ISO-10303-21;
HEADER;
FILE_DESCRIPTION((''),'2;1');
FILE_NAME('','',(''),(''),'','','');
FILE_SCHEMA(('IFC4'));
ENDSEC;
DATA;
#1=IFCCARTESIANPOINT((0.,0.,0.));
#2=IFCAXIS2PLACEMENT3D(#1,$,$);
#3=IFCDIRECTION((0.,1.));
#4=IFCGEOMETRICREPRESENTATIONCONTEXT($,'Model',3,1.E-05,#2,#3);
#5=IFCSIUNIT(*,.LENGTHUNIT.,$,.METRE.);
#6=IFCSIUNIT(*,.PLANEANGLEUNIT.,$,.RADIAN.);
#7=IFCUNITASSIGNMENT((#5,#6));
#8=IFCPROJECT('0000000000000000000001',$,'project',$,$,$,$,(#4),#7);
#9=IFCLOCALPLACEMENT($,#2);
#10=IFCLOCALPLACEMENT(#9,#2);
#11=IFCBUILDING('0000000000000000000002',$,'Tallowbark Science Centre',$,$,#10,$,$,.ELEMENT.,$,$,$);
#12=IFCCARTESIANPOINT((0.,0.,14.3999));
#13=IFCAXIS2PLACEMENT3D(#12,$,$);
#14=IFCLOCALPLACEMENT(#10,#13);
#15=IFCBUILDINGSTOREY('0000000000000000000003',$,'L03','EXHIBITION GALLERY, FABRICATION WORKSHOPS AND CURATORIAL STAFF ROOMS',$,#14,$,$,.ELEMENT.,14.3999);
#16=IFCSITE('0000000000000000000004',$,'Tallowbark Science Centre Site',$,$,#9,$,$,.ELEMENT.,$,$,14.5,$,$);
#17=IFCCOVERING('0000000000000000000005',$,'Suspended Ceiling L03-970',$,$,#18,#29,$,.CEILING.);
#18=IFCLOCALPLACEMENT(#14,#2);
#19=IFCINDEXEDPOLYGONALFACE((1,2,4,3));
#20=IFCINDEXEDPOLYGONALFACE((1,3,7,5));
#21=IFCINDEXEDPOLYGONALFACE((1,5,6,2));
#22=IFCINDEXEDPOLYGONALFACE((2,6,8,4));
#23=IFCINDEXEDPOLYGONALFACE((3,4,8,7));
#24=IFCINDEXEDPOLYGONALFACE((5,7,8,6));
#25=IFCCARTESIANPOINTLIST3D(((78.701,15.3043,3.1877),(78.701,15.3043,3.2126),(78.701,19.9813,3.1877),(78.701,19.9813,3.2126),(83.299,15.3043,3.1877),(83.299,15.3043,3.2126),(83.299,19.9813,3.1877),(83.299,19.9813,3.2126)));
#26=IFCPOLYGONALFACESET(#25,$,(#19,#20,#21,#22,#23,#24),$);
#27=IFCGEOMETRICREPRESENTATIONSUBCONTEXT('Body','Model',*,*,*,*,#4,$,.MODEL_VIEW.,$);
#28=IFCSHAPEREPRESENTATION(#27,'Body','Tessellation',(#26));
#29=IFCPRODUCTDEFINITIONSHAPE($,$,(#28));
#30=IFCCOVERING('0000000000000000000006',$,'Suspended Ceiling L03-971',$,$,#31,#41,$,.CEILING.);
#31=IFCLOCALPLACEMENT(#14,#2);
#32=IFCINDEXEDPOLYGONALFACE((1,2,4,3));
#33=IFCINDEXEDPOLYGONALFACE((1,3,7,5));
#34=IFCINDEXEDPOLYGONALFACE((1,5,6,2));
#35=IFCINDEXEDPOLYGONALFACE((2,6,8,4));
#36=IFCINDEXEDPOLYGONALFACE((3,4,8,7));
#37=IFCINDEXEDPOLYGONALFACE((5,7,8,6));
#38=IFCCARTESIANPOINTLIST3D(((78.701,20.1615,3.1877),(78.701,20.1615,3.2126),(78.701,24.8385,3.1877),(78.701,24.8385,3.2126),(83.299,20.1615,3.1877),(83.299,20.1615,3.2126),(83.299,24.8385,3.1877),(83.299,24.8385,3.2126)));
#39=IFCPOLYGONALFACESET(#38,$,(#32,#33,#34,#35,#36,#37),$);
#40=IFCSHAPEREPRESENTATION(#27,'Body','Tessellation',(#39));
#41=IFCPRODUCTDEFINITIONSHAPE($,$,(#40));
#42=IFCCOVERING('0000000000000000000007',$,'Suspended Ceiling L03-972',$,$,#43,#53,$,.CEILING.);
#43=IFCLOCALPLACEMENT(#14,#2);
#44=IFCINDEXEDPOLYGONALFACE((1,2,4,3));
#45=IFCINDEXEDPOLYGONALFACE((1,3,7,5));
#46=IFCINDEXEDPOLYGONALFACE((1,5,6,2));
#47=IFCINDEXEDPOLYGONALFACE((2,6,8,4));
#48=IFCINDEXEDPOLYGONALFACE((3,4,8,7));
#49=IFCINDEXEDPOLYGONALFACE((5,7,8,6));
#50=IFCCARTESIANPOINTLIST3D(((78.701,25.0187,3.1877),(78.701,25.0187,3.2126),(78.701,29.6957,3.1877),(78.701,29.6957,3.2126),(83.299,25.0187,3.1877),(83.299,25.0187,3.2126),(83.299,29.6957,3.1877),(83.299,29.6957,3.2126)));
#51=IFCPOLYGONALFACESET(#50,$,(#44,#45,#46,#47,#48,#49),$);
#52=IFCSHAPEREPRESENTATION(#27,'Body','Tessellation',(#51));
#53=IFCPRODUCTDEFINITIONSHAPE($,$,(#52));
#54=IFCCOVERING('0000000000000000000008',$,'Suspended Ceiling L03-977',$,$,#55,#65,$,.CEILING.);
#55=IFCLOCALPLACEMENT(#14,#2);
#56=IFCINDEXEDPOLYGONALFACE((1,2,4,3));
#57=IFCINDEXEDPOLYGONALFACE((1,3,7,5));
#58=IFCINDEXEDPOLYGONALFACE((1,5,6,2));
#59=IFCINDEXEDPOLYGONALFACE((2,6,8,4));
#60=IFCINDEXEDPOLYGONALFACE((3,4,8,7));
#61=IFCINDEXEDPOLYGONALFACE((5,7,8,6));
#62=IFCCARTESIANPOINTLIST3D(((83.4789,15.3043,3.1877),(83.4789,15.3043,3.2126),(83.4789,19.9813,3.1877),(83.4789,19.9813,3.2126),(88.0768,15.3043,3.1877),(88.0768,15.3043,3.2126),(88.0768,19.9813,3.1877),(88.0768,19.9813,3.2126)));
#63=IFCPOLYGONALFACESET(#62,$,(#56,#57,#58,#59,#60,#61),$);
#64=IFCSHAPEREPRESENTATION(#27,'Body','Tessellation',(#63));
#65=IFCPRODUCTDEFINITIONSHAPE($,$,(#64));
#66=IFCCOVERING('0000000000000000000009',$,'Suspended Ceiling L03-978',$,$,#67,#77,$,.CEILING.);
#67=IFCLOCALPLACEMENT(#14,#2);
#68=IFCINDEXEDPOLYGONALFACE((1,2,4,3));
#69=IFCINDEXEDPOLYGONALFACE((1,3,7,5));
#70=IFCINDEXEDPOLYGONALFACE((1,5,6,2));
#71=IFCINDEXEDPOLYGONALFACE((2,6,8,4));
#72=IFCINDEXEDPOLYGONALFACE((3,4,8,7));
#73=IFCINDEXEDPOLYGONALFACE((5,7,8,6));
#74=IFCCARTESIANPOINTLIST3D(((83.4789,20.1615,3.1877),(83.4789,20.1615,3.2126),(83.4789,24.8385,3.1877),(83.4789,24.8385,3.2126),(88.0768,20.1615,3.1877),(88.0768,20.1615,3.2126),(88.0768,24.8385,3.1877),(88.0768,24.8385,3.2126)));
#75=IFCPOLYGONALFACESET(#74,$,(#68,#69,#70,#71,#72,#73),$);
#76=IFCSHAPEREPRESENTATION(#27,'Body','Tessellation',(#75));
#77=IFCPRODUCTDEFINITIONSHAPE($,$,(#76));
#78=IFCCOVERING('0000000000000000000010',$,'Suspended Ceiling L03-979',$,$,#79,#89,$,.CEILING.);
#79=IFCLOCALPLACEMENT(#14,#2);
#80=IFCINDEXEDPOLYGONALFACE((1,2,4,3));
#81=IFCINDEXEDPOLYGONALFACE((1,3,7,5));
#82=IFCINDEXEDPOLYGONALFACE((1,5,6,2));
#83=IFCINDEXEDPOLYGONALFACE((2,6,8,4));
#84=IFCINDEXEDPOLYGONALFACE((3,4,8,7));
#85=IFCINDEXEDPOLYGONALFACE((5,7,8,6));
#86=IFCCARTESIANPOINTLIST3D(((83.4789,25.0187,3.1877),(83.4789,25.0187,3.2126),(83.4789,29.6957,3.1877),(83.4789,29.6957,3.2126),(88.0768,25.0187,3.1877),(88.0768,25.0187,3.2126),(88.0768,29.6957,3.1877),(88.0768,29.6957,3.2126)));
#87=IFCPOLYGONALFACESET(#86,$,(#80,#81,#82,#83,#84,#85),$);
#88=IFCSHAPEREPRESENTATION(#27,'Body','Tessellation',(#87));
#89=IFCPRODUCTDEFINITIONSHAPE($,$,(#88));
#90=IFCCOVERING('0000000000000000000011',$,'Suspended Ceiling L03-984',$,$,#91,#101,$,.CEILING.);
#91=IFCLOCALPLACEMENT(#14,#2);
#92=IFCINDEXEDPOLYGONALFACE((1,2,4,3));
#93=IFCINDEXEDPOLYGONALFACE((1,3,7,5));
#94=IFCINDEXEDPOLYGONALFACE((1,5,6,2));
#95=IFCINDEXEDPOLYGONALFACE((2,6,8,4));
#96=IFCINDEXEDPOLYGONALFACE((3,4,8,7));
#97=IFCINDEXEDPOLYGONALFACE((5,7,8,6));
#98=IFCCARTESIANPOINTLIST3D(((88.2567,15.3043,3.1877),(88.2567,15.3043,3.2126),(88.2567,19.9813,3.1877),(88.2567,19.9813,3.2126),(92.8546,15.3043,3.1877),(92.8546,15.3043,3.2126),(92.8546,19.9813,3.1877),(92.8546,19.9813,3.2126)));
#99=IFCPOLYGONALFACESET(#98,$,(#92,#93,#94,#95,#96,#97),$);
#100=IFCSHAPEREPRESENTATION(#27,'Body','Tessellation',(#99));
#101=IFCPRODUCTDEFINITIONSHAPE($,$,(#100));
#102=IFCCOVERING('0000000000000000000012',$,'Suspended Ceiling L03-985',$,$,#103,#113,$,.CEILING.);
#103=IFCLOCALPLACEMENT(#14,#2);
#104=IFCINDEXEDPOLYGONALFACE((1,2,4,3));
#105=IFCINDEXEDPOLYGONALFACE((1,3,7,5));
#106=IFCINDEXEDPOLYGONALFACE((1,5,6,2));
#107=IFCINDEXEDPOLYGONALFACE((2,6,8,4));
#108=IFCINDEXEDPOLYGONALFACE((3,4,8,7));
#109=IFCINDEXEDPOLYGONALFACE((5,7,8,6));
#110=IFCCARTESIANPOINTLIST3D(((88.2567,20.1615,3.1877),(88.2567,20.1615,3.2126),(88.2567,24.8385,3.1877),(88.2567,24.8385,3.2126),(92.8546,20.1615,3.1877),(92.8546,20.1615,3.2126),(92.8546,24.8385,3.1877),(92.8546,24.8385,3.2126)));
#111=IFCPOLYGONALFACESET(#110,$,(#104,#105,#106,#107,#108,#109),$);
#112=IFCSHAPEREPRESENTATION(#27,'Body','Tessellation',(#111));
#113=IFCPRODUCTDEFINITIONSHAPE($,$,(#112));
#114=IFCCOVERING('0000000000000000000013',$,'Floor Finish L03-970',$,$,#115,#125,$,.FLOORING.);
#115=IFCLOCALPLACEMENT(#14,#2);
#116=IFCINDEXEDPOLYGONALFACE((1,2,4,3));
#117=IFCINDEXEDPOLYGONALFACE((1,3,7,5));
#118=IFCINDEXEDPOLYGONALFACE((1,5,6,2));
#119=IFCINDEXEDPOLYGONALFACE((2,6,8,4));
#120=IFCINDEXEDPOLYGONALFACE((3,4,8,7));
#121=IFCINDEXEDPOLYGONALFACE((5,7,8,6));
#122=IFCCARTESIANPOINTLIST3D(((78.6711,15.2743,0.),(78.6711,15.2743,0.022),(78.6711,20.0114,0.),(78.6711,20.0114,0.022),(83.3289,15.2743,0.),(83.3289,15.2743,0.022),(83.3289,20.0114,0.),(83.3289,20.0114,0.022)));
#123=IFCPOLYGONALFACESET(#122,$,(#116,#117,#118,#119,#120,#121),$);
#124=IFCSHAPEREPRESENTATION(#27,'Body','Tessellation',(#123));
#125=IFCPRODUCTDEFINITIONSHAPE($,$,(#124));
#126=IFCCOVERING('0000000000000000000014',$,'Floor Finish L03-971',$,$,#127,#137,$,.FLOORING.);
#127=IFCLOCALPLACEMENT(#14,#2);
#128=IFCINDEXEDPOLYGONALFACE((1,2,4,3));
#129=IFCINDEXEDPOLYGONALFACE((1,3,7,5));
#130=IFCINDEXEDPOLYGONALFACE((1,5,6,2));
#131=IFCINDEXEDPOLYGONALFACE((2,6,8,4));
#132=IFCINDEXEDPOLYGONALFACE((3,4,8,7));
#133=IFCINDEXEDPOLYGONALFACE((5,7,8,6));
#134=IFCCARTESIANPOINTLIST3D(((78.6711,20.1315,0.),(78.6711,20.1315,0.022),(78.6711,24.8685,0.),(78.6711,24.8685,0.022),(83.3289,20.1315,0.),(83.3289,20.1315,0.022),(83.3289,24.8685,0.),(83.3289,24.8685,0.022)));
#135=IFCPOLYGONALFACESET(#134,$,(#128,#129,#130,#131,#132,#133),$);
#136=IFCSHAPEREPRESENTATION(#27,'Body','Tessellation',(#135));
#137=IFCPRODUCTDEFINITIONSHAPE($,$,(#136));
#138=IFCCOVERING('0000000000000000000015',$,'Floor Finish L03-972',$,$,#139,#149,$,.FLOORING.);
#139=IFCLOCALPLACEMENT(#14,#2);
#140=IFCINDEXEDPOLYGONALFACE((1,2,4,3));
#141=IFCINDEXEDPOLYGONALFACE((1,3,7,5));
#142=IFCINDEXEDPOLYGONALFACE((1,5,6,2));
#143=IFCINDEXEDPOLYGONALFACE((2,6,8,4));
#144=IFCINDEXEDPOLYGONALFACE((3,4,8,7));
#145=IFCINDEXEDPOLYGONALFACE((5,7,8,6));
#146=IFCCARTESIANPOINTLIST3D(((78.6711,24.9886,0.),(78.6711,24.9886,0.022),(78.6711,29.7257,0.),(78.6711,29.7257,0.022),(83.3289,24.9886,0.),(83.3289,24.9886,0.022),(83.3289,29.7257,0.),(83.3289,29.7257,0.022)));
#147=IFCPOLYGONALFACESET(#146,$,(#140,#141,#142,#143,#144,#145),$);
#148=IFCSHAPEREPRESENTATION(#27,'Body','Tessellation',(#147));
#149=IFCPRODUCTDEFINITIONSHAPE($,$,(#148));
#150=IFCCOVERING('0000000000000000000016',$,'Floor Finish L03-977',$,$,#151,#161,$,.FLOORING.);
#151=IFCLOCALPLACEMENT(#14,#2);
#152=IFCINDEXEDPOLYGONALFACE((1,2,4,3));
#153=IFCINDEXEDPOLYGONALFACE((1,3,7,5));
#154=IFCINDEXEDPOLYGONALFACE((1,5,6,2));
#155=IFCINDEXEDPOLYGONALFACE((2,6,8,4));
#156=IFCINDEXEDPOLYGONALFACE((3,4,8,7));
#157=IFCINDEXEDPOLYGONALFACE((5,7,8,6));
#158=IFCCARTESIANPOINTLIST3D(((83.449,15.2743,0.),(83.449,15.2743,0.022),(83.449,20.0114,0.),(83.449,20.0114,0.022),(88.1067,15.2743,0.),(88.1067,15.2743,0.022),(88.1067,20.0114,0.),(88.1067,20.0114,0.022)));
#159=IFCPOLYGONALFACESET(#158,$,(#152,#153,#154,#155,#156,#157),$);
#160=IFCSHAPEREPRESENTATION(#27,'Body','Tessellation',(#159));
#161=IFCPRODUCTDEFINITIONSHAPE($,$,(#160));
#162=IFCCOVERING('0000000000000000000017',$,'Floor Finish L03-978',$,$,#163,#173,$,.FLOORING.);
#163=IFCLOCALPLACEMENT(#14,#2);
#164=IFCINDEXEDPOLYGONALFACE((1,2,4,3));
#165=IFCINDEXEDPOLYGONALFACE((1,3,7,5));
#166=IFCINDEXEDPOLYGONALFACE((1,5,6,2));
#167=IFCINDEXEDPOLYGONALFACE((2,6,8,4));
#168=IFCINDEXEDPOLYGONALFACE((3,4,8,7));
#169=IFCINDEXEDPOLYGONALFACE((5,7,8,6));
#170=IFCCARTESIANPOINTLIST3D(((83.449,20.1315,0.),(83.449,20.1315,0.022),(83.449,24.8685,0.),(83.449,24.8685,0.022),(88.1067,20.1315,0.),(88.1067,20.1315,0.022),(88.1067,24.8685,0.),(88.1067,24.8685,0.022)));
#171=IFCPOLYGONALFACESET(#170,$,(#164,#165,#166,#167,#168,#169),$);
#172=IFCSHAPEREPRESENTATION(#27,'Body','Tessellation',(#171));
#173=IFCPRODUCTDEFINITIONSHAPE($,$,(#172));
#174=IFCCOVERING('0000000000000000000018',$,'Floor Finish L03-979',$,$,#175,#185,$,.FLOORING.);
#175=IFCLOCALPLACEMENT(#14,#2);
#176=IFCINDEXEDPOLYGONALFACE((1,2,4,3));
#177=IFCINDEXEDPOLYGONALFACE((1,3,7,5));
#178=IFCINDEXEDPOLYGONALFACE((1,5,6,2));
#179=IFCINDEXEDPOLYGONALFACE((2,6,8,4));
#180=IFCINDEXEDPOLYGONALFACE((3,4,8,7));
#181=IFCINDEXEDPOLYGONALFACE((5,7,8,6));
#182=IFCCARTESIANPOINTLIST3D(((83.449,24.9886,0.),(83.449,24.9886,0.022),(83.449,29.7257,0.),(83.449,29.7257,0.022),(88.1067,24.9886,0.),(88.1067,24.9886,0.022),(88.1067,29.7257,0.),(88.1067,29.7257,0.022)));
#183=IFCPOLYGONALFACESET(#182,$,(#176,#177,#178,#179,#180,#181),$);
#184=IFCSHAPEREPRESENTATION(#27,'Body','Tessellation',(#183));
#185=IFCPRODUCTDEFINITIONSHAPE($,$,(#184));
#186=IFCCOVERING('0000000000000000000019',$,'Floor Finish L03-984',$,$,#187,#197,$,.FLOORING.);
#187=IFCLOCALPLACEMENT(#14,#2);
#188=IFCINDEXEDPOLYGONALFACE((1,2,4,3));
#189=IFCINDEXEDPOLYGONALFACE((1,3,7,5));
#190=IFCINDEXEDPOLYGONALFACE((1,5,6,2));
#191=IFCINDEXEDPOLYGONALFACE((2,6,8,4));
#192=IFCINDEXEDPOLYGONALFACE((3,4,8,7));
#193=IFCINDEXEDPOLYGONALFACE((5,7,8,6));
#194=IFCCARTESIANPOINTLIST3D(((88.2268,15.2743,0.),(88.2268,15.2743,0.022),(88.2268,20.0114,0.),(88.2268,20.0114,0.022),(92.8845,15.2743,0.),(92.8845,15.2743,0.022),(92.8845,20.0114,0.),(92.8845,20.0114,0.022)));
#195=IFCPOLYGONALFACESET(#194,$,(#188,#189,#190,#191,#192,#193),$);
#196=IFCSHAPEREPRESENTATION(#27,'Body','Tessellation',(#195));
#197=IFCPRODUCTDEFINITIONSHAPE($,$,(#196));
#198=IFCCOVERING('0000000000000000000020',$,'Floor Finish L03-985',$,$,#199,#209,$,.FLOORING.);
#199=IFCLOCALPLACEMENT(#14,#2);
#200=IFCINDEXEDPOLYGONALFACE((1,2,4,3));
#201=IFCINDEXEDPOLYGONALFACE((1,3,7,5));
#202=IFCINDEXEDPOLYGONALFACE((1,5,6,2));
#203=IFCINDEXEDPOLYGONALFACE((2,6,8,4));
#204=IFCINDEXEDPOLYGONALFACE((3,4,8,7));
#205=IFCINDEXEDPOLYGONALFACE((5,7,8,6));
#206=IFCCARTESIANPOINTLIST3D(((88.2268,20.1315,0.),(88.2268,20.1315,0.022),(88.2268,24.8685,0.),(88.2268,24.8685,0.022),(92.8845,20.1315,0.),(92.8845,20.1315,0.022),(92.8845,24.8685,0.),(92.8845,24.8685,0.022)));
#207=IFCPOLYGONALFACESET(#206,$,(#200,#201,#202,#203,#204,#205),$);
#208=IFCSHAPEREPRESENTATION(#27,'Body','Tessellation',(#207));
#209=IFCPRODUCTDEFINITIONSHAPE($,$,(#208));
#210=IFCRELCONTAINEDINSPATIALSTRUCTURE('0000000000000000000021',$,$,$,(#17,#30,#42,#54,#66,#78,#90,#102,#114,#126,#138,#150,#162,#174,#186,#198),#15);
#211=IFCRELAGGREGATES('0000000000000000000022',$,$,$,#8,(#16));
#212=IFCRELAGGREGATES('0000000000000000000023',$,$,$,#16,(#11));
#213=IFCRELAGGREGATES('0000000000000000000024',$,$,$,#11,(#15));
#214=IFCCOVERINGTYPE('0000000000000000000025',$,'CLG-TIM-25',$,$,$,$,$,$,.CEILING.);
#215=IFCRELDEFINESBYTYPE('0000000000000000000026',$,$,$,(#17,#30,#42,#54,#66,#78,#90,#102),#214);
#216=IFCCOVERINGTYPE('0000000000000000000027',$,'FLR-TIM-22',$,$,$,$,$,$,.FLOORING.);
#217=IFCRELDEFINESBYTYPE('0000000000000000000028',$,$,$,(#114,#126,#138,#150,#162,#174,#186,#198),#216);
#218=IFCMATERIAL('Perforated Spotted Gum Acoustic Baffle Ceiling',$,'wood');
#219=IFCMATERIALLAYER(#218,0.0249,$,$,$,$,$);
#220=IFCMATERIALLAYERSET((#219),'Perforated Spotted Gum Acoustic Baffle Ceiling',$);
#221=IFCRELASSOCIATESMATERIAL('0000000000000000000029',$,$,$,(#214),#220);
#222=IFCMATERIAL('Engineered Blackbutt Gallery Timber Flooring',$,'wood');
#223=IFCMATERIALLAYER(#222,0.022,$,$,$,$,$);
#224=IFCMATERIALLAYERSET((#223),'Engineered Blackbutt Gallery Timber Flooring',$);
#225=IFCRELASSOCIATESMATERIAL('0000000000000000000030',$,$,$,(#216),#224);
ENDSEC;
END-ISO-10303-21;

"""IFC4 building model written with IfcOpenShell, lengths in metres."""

from ifc_helpers import new_model, si_unit, direction, frame, origin, origin_2d, place, context, subcontext, project, spatial, rectangle, extrude, material, layer, layer_set, type_object, element, save


model = new_model("IFC4")

# Units and contexts
model_context = context("Model", 3, precision=1e-05, world=origin(), true_north=direction((0.0, 1.0)))
body_context = subcontext(model_context, "Body", "Model", "MODEL_VIEW")
ifc_project = project(units=[si_unit("LENGTHUNIT", "METRE"), si_unit("PLANEANGLEUNIT", "RADIAN")], contexts=[model_context])

# Site, building, storey
site_placement = place(None, origin())
site = spatial("IfcSite", under=ifc_project, at=site_placement, Name="Tallowbark Science Centre Site", CompositionType="ELEMENT", RefElevation=14.5)
building_placement = place(site_placement, origin())
building = spatial("IfcBuilding", under=site, at=building_placement, Name="Tallowbark Science Centre", CompositionType="ELEMENT")
storey_placement = place(building_placement, frame((0.0, 0.0, 14.3999)))
storey = spatial("IfcBuildingStorey", under=building, at=storey_placement, Name="L03", Description="EXHIBITION GALLERY, FABRICATION WORKSHOPS AND CURATORIAL STAFF ROOMS", CompositionType="ELEMENT", Elevation=14.3999)

# Coverings
ifc_material_1 = material(Name="Perforated Spotted Gum Acoustic Baffle Ceiling", Category="wood")
ifc_layer_1 = layer(ifc_material_1, 0.0249)
ifc_layer_set_1 = layer_set([ifc_layer_1], Name="Perforated Spotted Gum Acoustic Baffle Ceiling")
covering_type_1 = type_object("IfcCoveringType", Name="CLG-TIM-25", PredefinedType="CEILING", material=ifc_layer_set_1)
for number, where, z_axis, x_axis, name in (
    (1, (81.0, 17.6428, 3.1877), (0.0, 0.0, 1.0), (1.0, 0.0, 0.0), "Suspended Ceiling L03-970"),
    (2, (81.0, 22.5, 3.1877), (0.0, 0.0, 1.0), (1.0, 0.0, 0.0), "Suspended Ceiling L03-971"),
    (3, (81.0, 27.3572, 3.1877), (0.0, 0.0, 1.0), (1.0, 0.0, 0.0), "Suspended Ceiling L03-972"),
    (4, (85.7778, 17.6428, 3.1877), (0.0, 0.0, 1.0), (1.0, 0.0, 0.0), "Suspended Ceiling L03-977"),
    (5, (85.7778, 22.5, 3.1877), (0.0, 0.0, 1.0), (1.0, 0.0, 0.0), "Suspended Ceiling L03-978"),
    (6, (85.7778, 27.3572, 3.1877), (0.0, 0.0, 1.0), (1.0, 0.0, 0.0), "Suspended Ceiling L03-979"),
    (7, (90.5557, 17.6428, 3.1877), (0.0, 0.0, 1.0), (1.0, 0.0, 0.0), "Suspended Ceiling L03-984"),
    (8, (90.5557, 22.5, 3.1877), (0.0, 0.0, 1.0), (1.0, 0.0, 0.0), "Suspended Ceiling L03-985"),
):
    element("IfcCovering", number, at=place(storey_placement, frame(where, z_axis=z_axis, x_axis=x_axis)), inside=storey, type_object=covering_type_1, Name=name, PredefinedType="CEILING", context=body_context, shape_type="SweptSolid", body=[
        extrude(rectangle(XDim=4.5979, YDim=4.677, at=origin_2d()), origin(), (0.0, 0.0, 1.0), 0.0249),
    ])
ifc_material_2 = material(Name="Engineered Blackbutt Gallery Timber Flooring", Category="wood")
ifc_layer_2 = layer(ifc_material_2, 0.022)
ifc_layer_set_2 = layer_set([ifc_layer_2], Name="Engineered Blackbutt Gallery Timber Flooring")
covering_type_2 = type_object("IfcCoveringType", Name="FLR-TIM-22", PredefinedType="FLOORING", material=ifc_layer_set_2)
for number, where, z_axis, x_axis, name in (
    (9, (81.0, 17.6428, 0.0), (0.0, 0.0, 1.0), (1.0, 0.0, 0.0), "Floor Finish L03-970"),
    (10, (81.0, 22.5, 0.0), (0.0, 0.0, 1.0), (1.0, 0.0, 0.0), "Floor Finish L03-971"),
    (11, (81.0, 27.3572, 0.0), (0.0, 0.0, 1.0), (1.0, 0.0, 0.0), "Floor Finish L03-972"),
    (12, (85.7778, 17.6428, 0.0), (0.0, 0.0, 1.0), (1.0, 0.0, 0.0), "Floor Finish L03-977"),
    (13, (85.7778, 22.5, 0.0), (0.0, 0.0, 1.0), (1.0, 0.0, 0.0), "Floor Finish L03-978"),
    (14, (85.7778, 27.3572, 0.0), (0.0, 0.0, 1.0), (1.0, 0.0, 0.0), "Floor Finish L03-979"),
    (15, (90.5557, 17.6428, 0.0), (0.0, 0.0, 1.0), (1.0, 0.0, 0.0), "Floor Finish L03-984"),
    (16, (90.5557, 22.5, 0.0), (0.0, 0.0, 1.0), (1.0, 0.0, 0.0), "Floor Finish L03-985"),
):
    element("IfcCovering", number, at=place(storey_placement, frame(where, z_axis=z_axis, x_axis=x_axis)), inside=storey, type_object=covering_type_2, Name=name, PredefinedType="FLOORING", context=body_context, shape_type="SweptSolid", body=[
        extrude(rectangle(XDim=4.6577, YDim=4.7371, at=origin_2d()), origin(), (0.0, 0.0, 1.0), 0.022),
    ])

save(model, "model.ifc")
